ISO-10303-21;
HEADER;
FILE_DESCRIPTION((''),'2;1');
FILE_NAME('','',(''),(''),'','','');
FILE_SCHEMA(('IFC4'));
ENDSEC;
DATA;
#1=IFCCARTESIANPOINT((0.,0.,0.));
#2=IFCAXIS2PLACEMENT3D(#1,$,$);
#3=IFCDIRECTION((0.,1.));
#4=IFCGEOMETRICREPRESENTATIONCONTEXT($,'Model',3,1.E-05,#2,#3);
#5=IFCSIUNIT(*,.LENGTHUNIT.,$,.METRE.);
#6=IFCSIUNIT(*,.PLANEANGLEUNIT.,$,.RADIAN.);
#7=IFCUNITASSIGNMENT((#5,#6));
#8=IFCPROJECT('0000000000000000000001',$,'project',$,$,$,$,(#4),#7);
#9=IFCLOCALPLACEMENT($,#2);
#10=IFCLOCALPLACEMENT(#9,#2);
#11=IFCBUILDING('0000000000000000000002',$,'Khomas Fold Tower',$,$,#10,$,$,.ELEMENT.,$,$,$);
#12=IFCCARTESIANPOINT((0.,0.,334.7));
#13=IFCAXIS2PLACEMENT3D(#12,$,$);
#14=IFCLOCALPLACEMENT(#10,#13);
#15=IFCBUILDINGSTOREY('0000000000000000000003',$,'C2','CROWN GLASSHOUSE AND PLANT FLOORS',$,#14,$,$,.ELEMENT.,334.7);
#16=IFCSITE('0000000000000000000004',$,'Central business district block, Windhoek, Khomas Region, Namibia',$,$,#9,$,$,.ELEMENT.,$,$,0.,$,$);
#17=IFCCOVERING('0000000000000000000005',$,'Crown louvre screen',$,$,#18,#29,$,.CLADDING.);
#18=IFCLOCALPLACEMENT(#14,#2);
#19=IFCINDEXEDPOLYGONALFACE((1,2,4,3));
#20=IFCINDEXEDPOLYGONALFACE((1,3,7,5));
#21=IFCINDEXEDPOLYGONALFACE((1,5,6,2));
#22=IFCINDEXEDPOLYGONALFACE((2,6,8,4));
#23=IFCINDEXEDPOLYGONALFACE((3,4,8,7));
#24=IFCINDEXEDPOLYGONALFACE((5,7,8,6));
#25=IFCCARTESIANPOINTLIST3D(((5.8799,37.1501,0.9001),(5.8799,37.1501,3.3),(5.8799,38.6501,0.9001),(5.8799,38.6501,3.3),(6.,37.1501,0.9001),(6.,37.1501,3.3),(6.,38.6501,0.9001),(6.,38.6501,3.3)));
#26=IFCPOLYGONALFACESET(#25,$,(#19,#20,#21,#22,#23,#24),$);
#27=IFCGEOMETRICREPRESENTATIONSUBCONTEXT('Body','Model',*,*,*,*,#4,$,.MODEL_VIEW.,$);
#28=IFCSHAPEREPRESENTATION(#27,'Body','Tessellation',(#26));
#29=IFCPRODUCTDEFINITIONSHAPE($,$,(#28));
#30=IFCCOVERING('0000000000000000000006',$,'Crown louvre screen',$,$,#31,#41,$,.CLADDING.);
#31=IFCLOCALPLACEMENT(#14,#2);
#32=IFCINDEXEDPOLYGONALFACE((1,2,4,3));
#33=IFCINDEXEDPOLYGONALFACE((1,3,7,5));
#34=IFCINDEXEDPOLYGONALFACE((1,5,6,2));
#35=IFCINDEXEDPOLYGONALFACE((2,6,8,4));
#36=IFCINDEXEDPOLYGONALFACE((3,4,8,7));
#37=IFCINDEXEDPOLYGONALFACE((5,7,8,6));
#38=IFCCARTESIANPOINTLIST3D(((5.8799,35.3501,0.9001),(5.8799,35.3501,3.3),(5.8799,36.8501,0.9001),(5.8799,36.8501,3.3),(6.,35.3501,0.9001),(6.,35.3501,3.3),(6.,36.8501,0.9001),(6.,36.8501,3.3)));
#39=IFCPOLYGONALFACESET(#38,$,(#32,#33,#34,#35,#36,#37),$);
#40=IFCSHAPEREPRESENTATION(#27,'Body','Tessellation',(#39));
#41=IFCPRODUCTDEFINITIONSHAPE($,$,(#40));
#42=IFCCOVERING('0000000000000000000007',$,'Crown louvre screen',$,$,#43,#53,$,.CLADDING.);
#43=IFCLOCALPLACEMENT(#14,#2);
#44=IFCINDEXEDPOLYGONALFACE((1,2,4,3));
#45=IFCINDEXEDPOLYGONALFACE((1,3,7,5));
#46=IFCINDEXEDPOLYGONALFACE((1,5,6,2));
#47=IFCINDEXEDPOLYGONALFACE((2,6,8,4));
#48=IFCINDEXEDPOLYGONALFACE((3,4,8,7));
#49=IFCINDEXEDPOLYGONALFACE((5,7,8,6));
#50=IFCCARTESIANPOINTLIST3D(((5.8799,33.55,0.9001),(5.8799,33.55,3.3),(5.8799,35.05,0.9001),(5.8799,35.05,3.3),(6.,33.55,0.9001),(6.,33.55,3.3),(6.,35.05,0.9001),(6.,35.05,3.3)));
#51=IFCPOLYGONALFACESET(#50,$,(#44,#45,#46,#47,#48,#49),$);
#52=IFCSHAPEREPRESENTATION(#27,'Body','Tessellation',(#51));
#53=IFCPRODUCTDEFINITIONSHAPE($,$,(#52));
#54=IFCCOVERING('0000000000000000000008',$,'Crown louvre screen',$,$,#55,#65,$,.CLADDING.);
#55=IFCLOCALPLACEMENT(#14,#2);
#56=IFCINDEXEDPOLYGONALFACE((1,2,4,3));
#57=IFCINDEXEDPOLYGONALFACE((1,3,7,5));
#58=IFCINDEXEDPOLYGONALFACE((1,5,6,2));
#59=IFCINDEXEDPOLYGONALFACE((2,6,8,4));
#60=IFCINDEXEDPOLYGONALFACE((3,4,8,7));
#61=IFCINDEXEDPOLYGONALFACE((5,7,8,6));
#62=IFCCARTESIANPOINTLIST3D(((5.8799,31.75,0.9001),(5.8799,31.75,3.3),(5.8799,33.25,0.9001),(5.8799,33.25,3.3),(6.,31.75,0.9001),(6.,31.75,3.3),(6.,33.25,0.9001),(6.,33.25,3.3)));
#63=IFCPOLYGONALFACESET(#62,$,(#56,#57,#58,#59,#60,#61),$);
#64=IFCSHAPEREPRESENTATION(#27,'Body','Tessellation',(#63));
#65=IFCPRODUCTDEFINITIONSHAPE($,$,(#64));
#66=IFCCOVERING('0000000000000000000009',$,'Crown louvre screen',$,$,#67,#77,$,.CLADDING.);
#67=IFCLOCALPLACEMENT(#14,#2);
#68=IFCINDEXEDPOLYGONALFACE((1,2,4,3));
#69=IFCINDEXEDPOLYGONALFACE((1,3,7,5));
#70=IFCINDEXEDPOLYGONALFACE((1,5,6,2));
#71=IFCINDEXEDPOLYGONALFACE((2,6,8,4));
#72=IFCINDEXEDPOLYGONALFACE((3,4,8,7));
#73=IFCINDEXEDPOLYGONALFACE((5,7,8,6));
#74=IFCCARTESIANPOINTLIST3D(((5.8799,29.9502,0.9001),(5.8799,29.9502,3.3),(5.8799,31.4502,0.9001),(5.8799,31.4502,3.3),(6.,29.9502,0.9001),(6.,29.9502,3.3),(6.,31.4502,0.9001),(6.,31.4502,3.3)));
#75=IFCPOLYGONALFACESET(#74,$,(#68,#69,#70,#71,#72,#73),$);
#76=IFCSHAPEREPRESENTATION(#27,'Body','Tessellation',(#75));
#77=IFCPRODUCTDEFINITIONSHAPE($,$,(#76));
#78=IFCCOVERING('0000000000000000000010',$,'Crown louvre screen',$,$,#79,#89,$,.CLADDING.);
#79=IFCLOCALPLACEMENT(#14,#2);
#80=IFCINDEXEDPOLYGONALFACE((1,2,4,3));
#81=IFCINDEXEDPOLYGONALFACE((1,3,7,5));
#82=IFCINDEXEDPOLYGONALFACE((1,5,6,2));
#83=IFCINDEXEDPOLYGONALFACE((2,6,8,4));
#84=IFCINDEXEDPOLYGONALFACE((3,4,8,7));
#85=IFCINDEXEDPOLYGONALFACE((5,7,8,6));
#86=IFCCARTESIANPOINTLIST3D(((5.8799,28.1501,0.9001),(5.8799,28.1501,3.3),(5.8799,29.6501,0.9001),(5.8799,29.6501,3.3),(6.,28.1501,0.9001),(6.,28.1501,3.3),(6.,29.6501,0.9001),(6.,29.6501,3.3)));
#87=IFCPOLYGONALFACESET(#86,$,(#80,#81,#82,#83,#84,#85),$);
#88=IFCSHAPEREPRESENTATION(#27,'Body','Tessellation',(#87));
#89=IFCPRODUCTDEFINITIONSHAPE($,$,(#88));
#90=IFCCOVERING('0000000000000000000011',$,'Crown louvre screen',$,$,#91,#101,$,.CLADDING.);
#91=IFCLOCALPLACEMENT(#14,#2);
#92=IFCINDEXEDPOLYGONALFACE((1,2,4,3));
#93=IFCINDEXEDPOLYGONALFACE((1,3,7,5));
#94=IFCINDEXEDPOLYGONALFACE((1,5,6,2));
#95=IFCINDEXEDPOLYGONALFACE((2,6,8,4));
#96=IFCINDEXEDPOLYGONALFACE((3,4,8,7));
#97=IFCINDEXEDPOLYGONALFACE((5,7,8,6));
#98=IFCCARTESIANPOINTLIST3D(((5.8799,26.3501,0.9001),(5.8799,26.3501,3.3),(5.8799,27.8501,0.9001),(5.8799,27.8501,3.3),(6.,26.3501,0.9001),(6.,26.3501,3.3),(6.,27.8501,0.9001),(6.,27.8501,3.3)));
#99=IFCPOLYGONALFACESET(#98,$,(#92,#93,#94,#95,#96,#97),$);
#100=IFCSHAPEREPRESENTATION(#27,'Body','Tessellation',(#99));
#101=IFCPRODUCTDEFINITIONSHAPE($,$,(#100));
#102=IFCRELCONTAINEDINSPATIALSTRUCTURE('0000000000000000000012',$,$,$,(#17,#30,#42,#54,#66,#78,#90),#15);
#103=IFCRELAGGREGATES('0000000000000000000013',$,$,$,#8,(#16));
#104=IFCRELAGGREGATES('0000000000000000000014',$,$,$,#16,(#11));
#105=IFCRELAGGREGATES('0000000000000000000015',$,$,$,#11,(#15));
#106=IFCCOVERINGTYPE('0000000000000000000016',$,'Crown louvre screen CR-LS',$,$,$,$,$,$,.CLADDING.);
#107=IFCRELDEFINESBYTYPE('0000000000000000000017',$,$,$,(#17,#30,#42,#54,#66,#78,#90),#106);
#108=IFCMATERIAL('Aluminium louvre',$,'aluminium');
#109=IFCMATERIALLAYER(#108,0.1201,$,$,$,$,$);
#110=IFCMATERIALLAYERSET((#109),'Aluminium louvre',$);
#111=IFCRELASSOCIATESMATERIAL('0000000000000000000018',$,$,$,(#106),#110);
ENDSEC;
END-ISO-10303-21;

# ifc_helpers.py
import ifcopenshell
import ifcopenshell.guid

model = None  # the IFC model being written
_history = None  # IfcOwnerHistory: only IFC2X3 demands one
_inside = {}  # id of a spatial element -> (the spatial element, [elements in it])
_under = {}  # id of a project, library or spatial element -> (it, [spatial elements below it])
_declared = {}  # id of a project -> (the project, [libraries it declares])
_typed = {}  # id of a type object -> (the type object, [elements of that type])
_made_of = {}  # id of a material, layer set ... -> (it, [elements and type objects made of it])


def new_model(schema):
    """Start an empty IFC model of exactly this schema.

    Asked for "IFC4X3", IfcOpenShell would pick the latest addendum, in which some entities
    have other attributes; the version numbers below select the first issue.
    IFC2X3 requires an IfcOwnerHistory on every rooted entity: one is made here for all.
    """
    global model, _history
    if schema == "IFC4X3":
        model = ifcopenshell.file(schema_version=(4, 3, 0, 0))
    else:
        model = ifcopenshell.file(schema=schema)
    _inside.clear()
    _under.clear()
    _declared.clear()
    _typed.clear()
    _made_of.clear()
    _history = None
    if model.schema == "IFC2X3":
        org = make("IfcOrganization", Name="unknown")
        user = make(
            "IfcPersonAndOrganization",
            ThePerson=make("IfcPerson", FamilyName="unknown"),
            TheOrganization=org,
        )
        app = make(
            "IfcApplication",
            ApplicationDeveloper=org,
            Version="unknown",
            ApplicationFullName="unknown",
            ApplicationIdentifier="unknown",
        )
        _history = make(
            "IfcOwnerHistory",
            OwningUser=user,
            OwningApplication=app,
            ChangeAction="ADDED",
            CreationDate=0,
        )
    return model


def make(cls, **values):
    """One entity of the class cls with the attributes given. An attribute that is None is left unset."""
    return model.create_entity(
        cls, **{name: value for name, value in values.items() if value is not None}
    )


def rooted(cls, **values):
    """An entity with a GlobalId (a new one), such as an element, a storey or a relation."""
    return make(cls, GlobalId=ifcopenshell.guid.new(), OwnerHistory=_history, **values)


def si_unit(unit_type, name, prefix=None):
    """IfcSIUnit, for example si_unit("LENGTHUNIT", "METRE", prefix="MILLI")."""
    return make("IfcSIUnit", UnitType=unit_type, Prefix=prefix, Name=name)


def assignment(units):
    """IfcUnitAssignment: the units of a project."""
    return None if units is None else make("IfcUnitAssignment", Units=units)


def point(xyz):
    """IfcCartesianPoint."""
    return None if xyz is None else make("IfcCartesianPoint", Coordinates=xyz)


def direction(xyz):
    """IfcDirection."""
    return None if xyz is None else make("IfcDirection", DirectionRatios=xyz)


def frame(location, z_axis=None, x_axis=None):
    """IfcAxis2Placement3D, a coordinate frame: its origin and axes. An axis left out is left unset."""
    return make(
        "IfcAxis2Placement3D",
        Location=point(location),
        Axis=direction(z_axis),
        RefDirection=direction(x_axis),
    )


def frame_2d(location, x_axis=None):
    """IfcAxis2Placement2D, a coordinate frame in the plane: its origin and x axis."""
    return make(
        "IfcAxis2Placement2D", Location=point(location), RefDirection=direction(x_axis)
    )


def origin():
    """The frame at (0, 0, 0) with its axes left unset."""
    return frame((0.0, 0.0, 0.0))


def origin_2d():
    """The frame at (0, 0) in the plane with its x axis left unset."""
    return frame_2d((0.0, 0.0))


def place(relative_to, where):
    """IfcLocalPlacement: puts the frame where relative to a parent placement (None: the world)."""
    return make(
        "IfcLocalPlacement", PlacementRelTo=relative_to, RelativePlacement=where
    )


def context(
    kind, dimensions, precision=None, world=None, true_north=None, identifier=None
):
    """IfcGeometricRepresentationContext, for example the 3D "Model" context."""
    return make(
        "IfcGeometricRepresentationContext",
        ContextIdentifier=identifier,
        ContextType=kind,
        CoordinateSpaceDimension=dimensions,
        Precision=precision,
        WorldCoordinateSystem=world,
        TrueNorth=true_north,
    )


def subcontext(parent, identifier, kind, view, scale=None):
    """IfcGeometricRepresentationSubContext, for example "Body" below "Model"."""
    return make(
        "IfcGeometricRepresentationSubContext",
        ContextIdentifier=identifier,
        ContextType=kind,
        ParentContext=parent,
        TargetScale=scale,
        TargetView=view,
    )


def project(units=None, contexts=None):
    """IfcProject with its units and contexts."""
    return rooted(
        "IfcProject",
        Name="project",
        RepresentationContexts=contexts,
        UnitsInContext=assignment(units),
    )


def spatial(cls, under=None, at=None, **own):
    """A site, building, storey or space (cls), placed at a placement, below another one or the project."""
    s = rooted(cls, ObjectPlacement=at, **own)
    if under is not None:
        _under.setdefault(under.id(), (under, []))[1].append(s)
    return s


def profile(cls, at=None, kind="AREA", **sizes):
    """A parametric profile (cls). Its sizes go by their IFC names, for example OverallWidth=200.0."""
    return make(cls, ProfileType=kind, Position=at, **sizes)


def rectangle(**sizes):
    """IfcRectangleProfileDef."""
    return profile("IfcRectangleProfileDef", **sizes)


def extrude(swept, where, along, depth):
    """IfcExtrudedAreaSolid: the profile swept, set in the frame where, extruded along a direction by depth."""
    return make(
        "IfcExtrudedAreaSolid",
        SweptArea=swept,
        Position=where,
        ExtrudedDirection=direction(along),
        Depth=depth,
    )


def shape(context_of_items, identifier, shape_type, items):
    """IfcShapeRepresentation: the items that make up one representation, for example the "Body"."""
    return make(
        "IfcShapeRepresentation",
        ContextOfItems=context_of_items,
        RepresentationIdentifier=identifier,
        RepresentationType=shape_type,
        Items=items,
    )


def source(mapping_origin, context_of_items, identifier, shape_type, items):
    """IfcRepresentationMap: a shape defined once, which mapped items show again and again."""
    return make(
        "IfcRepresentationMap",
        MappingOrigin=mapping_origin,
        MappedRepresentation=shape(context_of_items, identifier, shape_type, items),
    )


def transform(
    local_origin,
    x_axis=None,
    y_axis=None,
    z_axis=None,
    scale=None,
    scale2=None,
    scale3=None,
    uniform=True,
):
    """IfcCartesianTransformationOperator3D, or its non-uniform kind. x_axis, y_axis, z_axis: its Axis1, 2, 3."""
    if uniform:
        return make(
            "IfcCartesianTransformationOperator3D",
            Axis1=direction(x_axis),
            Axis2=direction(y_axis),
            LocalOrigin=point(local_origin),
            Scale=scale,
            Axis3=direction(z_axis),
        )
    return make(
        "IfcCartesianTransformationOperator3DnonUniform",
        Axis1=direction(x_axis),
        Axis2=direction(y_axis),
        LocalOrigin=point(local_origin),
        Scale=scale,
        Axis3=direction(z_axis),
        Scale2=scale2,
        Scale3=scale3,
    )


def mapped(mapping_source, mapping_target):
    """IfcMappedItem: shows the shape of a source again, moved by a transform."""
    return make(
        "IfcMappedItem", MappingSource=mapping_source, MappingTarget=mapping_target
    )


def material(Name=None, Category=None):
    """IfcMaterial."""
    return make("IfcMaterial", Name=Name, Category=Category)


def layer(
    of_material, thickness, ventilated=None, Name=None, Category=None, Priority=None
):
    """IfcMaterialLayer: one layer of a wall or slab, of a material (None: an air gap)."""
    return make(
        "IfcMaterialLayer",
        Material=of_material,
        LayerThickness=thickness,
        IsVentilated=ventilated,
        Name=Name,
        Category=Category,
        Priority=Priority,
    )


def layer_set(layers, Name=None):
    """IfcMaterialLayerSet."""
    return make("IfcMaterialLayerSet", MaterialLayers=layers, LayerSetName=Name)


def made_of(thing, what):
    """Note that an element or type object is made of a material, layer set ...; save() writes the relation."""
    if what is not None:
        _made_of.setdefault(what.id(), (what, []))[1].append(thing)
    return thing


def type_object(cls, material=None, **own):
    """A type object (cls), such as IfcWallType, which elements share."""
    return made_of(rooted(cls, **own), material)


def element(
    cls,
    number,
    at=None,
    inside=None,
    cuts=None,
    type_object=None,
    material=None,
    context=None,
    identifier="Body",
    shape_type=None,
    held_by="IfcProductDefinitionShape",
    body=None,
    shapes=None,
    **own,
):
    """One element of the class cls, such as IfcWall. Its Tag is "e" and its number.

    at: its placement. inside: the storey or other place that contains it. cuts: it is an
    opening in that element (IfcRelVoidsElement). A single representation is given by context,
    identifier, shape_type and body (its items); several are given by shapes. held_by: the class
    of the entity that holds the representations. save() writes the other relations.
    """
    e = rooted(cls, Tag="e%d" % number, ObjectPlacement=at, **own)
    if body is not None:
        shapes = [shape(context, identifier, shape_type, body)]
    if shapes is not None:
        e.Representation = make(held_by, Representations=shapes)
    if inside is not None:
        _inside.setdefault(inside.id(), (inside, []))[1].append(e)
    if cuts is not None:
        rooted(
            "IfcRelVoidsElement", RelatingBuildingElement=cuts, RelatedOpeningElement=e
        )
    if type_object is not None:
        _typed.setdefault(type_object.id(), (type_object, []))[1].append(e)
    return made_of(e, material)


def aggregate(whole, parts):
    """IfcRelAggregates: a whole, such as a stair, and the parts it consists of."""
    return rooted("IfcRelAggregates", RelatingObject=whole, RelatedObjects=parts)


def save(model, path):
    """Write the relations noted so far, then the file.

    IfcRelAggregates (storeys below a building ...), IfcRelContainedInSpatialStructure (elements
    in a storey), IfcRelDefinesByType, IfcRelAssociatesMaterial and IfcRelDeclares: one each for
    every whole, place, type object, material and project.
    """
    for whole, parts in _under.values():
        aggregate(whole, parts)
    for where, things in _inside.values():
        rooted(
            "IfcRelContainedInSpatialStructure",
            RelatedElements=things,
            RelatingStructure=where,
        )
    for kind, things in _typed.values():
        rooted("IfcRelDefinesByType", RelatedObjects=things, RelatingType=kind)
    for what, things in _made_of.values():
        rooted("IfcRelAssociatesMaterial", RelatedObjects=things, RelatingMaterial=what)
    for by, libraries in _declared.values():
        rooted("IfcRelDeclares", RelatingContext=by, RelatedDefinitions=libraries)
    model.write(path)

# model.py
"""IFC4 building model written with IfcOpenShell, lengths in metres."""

from ifc_helpers import new_model, si_unit, direction, frame, origin, origin_2d, place, context, subcontext, project, spatial, rectangle, extrude, source, transform, mapped, material, layer, layer_set, type_object, element, save


model = new_model("IFC4")

# Units and contexts
model_context = context("Model", 3, precision=1e-05, world=origin(), true_north=direction((0.0, 1.0)))
body_context = subcontext(model_context, "Body", "Model", "MODEL_VIEW")
ifc_project = project(units=[si_unit("LENGTHUNIT", "METRE"), si_unit("PLANEANGLEUNIT", "RADIAN")], contexts=[model_context])

# Site, building, storey
site_placement = place(None, origin())
site = spatial("IfcSite", under=ifc_project, at=site_placement, Name="Central business district block, Windhoek, Khomas Region, Namibia", CompositionType="ELEMENT", RefElevation=0.0)
building_placement = place(site_placement, origin())
building = spatial("IfcBuilding", under=site, at=building_placement, Name="Khomas Fold Tower", CompositionType="ELEMENT")
storey_placement = place(building_placement, frame((0.0, 0.0, 334.7)))
storey = spatial("IfcBuildingStorey", under=building, at=storey_placement, Name="C2", Description="CROWN GLASSHOUSE AND PLANT FLOORS", CompositionType="ELEMENT", Elevation=334.7)

# Coverings
ifc_material_1 = material(Name="Aluminium louvre", Category="aluminium")
ifc_layer_1 = layer(ifc_material_1, 0.1201)
ifc_layer_set_1 = layer_set([ifc_layer_1], Name="Aluminium louvre")
covering_type = type_object("IfcCoveringType", Name="Crown louvre screen CR-LS", PredefinedType="CLADDING", material=ifc_layer_set_1)
shared_shape_1 = source(origin(), body_context, "Body", "SweptSolid", [
    extrude(rectangle(XDim=1.5, YDim=0.1201, at=origin_2d()), origin(), (0.0, 0.0, 1.0), 2.3999),
])
for number, where, z_axis, x_axis, name in (
    (1, (5.9399, 37.9001, 0.9001), (0.0, 0.0, 1.0), (0.0, -1.0, 0.0), "Crown louvre screen"),
    (2, (5.9399, 36.1001, 0.9001), (0.0, 0.0, 1.0), (0.0, -1.0, 0.0), "Crown louvre screen"),
    (3, (5.9399, 34.3, 0.9001), (0.0, 0.0, 1.0), (0.0, -1.0, 0.0), "Crown louvre screen"),
    (4, (5.9399, 32.5, 0.9001), (0.0, 0.0, 1.0), (0.0, -1.0, 0.0), "Crown louvre screen"),
    (5, (5.9399, 30.7002, 0.9001), (0.0, 0.0, 1.0), (0.0, -1.0, 0.0), "Crown louvre screen"),
    (6, (5.9399, 28.9001, 0.9001), (0.0, 0.0, 1.0), (0.0, -1.0, 0.0), "Crown louvre screen"),
    (7, (5.9399, 27.1001, 0.9001), (0.0, 0.0, 1.0), (0.0, -1.0, 0.0), "Crown louvre screen"),
):
    element("IfcCovering", number, at=place(storey_placement, frame(where, z_axis=z_axis, x_axis=x_axis)), inside=storey, type_object=covering_type, Name=name, PredefinedType="CLADDING", context=body_context, shape_type="MappedRepresentation", body=[
        mapped(shared_shape_1, transform((0.0, 0.0, 0.0))),
    ])

save(model, "model.ifc")
